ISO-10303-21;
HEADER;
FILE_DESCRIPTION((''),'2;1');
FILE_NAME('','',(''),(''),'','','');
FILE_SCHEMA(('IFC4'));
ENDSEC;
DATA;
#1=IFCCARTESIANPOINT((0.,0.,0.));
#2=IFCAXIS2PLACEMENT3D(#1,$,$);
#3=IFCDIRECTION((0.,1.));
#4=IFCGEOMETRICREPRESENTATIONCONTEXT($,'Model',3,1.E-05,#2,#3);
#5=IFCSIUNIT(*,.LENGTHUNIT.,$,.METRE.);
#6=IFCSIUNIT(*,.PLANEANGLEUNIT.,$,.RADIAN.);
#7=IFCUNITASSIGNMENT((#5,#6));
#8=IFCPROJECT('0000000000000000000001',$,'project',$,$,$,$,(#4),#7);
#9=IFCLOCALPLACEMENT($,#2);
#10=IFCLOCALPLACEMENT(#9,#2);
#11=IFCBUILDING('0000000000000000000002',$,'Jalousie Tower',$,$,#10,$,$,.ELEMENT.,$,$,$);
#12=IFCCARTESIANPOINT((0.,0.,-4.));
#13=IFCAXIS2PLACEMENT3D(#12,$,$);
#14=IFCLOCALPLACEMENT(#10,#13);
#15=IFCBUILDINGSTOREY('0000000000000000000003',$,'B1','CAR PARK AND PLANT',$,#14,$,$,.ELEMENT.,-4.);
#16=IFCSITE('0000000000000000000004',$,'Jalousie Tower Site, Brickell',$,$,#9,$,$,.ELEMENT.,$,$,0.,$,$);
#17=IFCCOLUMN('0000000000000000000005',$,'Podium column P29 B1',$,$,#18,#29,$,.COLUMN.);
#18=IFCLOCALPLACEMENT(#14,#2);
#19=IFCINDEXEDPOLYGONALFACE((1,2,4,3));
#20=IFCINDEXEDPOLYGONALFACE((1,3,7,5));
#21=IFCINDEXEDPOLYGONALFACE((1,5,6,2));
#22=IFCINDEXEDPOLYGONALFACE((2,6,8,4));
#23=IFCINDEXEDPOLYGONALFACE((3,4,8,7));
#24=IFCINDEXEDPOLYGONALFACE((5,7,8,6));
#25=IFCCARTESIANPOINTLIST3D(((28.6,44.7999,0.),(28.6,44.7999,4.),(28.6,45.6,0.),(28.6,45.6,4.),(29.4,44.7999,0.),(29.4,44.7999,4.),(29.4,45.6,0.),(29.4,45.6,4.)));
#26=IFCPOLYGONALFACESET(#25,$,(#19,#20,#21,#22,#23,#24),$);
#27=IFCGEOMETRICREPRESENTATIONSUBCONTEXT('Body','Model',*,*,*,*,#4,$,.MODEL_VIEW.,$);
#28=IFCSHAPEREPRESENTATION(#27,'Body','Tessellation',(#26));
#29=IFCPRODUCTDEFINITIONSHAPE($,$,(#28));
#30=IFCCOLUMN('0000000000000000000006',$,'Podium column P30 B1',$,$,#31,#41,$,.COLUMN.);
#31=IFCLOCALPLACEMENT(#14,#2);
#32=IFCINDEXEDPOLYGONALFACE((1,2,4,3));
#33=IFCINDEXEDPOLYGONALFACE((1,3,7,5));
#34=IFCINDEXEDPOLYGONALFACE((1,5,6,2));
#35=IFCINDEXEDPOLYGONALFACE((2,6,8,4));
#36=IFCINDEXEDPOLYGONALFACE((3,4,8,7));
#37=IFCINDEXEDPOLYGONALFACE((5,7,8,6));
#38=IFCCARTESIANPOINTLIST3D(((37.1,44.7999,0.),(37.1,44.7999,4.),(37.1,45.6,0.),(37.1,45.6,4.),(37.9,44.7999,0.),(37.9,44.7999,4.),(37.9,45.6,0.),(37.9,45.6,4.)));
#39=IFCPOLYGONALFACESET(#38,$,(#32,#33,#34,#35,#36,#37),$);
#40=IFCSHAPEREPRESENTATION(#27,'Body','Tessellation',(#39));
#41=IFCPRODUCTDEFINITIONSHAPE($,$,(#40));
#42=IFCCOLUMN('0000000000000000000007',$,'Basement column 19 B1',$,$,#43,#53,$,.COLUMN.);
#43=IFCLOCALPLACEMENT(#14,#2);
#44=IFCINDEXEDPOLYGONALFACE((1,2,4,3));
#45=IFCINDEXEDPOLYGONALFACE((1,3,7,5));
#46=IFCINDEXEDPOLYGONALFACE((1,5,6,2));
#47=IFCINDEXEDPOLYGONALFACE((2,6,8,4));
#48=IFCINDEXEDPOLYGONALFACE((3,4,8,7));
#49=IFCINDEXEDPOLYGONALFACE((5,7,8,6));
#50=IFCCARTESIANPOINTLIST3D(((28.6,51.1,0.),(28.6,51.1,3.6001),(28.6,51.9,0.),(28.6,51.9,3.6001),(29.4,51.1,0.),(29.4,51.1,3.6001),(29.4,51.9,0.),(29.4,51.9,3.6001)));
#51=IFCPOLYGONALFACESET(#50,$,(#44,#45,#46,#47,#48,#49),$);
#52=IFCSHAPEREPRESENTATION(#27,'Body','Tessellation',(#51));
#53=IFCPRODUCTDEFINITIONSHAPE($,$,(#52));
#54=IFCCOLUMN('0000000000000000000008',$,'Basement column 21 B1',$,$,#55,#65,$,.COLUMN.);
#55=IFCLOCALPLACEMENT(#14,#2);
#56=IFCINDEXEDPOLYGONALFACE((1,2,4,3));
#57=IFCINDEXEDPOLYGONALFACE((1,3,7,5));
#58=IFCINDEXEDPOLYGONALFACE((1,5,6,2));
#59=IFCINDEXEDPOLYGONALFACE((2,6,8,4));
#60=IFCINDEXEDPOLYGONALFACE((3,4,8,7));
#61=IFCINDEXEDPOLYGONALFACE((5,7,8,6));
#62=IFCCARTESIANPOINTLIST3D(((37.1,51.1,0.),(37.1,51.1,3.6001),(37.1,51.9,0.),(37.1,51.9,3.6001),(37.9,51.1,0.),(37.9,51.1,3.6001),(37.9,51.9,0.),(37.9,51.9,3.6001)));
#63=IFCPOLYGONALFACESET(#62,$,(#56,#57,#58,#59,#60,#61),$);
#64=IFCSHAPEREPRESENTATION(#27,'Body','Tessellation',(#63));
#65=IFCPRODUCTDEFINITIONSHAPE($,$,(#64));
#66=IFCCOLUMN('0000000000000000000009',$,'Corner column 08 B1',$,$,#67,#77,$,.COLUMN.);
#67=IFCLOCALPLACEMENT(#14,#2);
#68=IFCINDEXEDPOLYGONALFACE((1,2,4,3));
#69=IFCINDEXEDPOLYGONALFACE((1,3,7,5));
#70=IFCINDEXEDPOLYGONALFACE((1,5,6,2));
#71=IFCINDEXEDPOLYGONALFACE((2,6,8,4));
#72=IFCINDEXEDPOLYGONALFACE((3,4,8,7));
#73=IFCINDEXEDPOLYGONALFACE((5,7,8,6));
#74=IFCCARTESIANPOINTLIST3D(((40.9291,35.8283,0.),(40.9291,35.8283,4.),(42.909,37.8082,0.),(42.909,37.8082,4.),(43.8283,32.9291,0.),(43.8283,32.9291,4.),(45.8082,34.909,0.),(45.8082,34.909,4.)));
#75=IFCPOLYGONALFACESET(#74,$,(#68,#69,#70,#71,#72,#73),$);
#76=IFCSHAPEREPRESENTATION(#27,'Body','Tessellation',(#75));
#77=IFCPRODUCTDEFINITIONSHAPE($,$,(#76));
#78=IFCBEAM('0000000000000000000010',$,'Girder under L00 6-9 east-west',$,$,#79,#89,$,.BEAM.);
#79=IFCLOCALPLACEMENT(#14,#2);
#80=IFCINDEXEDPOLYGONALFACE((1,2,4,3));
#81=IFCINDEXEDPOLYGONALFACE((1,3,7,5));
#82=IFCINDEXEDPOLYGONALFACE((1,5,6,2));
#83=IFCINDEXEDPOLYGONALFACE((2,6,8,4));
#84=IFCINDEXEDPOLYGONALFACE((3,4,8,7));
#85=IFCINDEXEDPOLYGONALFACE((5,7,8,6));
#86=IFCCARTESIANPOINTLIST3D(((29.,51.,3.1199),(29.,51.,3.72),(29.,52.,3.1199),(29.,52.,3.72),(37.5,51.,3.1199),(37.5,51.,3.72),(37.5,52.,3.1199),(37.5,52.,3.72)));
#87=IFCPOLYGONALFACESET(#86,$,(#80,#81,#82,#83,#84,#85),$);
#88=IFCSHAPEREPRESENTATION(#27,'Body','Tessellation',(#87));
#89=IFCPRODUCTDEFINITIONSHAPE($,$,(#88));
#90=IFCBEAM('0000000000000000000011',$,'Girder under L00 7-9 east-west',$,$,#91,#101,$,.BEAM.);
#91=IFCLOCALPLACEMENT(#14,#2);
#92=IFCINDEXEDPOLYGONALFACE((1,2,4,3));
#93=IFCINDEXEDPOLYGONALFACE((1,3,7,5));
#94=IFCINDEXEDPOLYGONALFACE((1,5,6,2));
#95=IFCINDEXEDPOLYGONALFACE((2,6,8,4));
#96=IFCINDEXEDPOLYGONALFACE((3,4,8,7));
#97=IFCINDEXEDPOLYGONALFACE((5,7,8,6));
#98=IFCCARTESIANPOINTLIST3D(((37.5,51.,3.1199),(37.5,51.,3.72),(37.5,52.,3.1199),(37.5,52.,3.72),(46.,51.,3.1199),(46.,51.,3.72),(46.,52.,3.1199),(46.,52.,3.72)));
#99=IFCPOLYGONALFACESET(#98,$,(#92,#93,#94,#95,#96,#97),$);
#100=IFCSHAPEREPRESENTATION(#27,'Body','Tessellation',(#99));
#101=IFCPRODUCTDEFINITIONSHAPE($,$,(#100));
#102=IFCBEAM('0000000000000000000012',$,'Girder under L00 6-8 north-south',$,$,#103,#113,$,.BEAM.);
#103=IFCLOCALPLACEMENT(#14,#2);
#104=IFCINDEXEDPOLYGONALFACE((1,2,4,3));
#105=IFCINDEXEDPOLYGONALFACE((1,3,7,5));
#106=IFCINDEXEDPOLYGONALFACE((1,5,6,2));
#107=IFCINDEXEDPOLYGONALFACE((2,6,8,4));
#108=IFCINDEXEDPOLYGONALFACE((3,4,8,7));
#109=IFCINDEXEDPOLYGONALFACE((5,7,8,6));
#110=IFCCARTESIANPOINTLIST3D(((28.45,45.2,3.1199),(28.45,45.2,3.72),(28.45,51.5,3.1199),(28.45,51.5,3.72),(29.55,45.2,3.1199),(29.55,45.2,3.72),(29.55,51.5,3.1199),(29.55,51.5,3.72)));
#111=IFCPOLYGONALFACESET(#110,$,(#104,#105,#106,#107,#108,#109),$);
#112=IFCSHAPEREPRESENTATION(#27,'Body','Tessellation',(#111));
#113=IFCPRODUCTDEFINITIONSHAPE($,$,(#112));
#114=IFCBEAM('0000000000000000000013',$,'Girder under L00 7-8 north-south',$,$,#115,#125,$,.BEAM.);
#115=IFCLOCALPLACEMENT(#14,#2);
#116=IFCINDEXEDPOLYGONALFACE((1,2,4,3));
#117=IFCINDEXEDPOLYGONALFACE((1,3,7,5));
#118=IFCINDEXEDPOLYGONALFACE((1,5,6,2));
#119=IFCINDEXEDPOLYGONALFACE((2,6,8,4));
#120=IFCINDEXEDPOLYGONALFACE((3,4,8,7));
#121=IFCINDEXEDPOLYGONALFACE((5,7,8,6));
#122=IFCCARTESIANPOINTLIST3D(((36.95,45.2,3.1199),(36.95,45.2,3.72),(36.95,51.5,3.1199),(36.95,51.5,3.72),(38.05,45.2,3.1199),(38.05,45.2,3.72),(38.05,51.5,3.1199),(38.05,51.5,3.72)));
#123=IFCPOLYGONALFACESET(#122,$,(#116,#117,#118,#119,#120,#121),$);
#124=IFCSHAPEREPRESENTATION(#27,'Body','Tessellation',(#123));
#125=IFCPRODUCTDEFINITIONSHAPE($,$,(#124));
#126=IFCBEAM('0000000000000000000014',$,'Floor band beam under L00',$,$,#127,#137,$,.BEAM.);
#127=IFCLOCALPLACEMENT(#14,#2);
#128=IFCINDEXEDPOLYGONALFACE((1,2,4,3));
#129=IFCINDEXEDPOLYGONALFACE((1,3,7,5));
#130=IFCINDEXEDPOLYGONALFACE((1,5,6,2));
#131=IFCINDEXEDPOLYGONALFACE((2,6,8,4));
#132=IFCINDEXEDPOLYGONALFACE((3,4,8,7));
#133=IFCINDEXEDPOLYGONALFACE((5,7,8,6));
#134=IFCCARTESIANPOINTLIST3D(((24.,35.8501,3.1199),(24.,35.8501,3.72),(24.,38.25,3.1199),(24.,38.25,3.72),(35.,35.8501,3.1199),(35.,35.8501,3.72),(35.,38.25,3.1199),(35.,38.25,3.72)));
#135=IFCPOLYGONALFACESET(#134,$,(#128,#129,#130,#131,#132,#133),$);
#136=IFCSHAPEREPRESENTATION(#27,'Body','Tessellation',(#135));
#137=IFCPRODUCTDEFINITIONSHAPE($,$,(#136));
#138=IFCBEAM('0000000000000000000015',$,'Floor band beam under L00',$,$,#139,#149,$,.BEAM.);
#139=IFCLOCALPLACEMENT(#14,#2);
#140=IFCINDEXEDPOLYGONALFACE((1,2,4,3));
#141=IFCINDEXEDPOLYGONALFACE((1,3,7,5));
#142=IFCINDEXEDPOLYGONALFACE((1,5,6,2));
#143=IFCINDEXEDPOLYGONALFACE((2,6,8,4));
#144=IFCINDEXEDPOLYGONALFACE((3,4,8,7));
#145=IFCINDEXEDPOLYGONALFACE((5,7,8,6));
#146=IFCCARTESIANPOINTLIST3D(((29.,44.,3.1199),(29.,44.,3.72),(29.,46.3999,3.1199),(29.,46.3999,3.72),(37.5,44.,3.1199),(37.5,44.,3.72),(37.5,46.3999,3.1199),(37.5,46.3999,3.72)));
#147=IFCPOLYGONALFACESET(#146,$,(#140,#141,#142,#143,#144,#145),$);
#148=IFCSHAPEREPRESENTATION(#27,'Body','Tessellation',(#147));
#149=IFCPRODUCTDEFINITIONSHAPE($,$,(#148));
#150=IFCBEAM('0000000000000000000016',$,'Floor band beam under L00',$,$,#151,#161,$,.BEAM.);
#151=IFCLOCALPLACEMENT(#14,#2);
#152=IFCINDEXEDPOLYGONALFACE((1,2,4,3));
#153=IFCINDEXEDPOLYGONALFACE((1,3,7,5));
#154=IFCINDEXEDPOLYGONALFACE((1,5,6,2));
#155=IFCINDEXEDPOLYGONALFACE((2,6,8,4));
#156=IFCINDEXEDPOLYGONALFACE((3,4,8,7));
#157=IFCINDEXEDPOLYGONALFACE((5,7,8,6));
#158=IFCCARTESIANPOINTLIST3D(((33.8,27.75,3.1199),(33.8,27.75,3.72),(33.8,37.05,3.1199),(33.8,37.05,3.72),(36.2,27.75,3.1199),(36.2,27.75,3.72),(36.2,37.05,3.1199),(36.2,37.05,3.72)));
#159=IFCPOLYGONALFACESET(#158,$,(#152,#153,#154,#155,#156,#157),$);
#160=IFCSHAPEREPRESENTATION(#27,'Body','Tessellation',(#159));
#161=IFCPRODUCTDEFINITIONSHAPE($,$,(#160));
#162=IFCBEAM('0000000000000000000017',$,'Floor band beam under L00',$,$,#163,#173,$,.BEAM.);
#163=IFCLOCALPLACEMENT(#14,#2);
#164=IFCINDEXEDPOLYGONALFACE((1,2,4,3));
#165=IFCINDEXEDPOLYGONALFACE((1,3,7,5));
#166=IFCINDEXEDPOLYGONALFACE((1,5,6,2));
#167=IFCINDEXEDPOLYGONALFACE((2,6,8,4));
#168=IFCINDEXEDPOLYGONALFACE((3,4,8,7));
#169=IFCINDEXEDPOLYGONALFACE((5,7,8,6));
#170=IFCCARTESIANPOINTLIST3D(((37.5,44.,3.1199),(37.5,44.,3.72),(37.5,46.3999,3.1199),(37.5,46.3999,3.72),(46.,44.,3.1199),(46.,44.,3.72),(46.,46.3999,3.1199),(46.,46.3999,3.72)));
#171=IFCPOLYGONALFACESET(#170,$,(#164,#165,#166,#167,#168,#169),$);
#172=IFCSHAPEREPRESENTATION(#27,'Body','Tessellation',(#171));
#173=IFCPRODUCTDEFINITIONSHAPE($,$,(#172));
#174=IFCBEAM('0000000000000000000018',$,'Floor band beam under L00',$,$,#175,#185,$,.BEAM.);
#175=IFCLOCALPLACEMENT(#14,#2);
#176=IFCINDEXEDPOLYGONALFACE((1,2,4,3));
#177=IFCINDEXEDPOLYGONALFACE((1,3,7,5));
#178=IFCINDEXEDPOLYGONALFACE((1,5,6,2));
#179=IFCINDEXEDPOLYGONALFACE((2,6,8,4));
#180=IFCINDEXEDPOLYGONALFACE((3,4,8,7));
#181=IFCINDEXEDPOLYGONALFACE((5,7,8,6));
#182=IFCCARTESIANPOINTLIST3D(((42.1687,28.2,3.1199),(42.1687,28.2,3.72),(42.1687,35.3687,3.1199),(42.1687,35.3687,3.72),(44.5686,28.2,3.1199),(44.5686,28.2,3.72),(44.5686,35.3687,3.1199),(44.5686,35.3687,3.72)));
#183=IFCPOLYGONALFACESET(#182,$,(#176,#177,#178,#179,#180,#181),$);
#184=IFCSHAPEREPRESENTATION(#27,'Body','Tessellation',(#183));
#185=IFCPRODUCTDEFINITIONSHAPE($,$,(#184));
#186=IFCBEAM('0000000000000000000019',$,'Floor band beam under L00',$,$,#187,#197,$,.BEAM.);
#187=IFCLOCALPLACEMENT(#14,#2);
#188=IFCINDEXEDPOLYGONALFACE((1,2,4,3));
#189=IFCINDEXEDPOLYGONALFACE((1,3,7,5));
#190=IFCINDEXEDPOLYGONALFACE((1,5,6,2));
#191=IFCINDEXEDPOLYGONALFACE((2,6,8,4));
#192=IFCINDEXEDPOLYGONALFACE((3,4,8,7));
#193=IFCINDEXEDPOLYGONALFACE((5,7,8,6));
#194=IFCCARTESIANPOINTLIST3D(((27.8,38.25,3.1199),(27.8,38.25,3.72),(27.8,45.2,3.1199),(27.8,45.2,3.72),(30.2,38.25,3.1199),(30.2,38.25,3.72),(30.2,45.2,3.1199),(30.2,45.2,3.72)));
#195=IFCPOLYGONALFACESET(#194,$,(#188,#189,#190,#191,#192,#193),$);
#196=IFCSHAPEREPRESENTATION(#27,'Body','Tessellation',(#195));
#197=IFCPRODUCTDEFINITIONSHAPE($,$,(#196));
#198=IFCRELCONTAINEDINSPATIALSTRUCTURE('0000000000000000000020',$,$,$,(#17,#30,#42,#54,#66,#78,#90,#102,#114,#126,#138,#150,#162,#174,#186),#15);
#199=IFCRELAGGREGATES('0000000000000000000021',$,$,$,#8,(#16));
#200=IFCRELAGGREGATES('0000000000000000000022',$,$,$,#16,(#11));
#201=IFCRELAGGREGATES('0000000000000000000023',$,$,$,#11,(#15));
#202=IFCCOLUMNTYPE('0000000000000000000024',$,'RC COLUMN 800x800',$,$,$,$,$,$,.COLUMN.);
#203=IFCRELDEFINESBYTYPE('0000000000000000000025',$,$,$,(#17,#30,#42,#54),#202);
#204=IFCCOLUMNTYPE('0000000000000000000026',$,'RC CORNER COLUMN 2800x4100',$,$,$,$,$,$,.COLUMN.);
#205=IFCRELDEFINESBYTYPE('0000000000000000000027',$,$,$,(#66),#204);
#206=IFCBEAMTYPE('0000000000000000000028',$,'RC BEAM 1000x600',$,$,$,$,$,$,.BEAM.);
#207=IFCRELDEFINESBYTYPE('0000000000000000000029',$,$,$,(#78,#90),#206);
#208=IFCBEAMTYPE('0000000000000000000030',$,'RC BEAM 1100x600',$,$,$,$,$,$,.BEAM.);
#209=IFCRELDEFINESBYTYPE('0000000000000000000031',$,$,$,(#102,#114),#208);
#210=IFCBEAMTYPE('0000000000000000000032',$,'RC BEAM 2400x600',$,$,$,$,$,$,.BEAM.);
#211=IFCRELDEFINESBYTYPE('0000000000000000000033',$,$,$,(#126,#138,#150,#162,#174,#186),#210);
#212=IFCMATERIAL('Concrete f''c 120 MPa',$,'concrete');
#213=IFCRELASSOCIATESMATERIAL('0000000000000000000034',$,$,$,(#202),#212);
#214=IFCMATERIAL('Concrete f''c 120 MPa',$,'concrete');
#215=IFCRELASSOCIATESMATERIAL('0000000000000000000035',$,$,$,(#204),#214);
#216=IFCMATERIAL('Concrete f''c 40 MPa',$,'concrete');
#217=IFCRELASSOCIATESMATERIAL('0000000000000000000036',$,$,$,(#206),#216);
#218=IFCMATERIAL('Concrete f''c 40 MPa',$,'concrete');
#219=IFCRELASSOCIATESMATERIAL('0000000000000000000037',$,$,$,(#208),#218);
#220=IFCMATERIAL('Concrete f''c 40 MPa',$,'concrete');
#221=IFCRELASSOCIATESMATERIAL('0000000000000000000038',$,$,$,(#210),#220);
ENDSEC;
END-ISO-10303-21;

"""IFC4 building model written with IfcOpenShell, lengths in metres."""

from ifc_helpers import new_model, si_unit, direction, frame, origin, origin_2d, place, context, subcontext, project, spatial, rectangle, extrude, material, material_profile, profile_set, type_object, element, save


model = new_model("IFC4")

# Units and contexts
model_context = context("Model", 3, precision=1e-05, world=origin(), true_north=direction((0.0, 1.0)))
body_context = subcontext(model_context, "Body", "Model", "MODEL_VIEW")
ifc_project = project(units=[si_unit("LENGTHUNIT", "METRE"), si_unit("PLANEANGLEUNIT", "RADIAN")], contexts=[model_context])

# Site, building, storey
site_placement = place(None, origin())
site = spatial("IfcSite", under=ifc_project, at=site_placement, Name="Jalousie Tower Site, Brickell", CompositionType="ELEMENT", RefElevation=0.0)
building_placement = place(site_placement, origin())
building = spatial("IfcBuilding", under=site, at=building_placement, Name="Jalousie Tower", CompositionType="ELEMENT")
storey_placement = place(building_placement, frame((0.0, 0.0, -4.0)))
storey = spatial("IfcBuildingStorey", under=building, at=storey_placement, Name="B1", Description="CAR PARK AND PLANT", CompositionType="ELEMENT", Elevation=-4.0)

# Columns
ifc_material_1 = material(Name="Concrete f'c 120 MPa", Category="concrete")
ifc_material_profile_1 = material_profile(ifc_material_1, rectangle(XDim=0.8, YDim=0.8, at=origin_2d()), Name="RC 800x800")
ifc_profile_set_1 = profile_set([ifc_material_profile_1], Name="Concrete f'c 120 MPa")
column_type_1 = type_object("IfcColumnType", Name="RC COLUMN 800x800", PredefinedType="COLUMN", material=ifc_profile_set_1)
for number, where, z_axis, x_axis, name in (
    (1, (29.0, 45.2, 0.0), (0.0, 0.0, 1.0), (1.0, 0.0, 0.0), "Podium column P29 B1"),
    (2, (37.5, 45.2, 0.0), (0.0, 0.0, 1.0), (1.0, 0.0, 0.0), "Podium column P30 B1"),
):
    element("IfcColumn", number, at=place(storey_placement, frame(where, z_axis=z_axis, x_axis=x_axis)), inside=storey, type_object=column_type_1, Name=name, PredefinedType="COLUMN", context=body_context, shape_type="SweptSolid", body=[
        extrude(rectangle(XDim=0.8, YDim=0.8, at=origin_2d()), origin(), (0.0, 0.0, 1.0), 4.0),
    ])
for number, where, z_axis, x_axis, name in (
    (3, (29.0, 51.5, 0.0), (0.0, 0.0, 1.0), (1.0, 0.0, 0.0), "Basement column 19 B1"),
    (4, (37.5, 51.5, 0.0), (0.0, 0.0, 1.0), (1.0, 0.0, 0.0), "Basement column 21 B1"),
):
    element("IfcColumn", number, at=place(storey_placement, frame(where, z_axis=z_axis, x_axis=x_axis)), inside=storey, type_object=column_type_1, Name=name, PredefinedType="COLUMN", context=body_context, shape_type="SweptSolid", body=[
        extrude(rectangle(XDim=0.8, YDim=0.8, at=origin_2d()), origin(), (0.0, 0.0, 1.0), 3.6001),
    ])
ifc_material_2 = material(Name="Concrete f'c 120 MPa", Category="concrete")
ifc_material_profile_2 = material_profile(ifc_material_2, rectangle(XDim=2.8, YDim=4.1001, at=origin_2d()), Name="RC 2800x4100")
ifc_profile_set_2 = profile_set([ifc_material_profile_2], Name="Concrete f'c 120 MPa")
column_type_2 = type_object("IfcColumnType", Name="RC CORNER COLUMN 2800x4100", PredefinedType="COLUMN", material=ifc_profile_set_2)
column_placement = place(storey_placement, frame((43.3687, 35.3687, 0.0), z_axis=(0.0, 0.0, 1.0), x_axis=(-0.707107, -0.707107, 0.0)))
element("IfcColumn", 5, at=column_placement, inside=storey, type_object=column_type_2, Name="Corner column 08 B1", PredefinedType="COLUMN", context=body_context, shape_type="SweptSolid", body=[
    extrude(rectangle(XDim=2.8, YDim=4.1001, at=origin_2d()), origin(), (0.0, 0.0, 1.0), 4.0),
])

# Beams
ifc_material_3 = material(Name="Concrete f'c 40 MPa", Category="concrete")
ifc_material_profile_3 = material_profile(ifc_material_3, rectangle(XDim=1.0, YDim=0.6001, at=origin_2d()), Name="RC 1000x600")
ifc_profile_set_3 = profile_set([ifc_material_profile_3], Name="Concrete f'c 40 MPa")
beam_type_1 = type_object("IfcBeamType", Name="RC BEAM 1000x600", PredefinedType="BEAM", material=ifc_profile_set_3)
for number, where, z_axis, x_axis, name in (
    (6, (29.0, 51.5, 3.4199), (1.0, 0.0, 0.0), (0.0, 1.0, 0.0), "Girder under L00 6-9 east-west"),
    (7, (37.5, 51.5, 3.4199), (1.0, 0.0, 0.0), (0.0, 1.0, 0.0), "Girder under L00 7-9 east-west"),
):
    element("IfcBeam", number, at=place(storey_placement, frame(where, z_axis=z_axis, x_axis=x_axis)), inside=storey, type_object=beam_type_1, Name=name, PredefinedType="BEAM", context=body_context, shape_type="SweptSolid", body=[
        extrude(rectangle(XDim=1.0, YDim=0.6001, at=origin_2d()), origin(), (0.0, 0.0, 1.0), 8.5),
    ])
ifc_material_4 = material(Name="Concrete f'c 40 MPa", Category="concrete")
ifc_material_profile_4 = material_profile(ifc_material_4, rectangle(XDim=1.1001, YDim=0.6001, at=origin_2d()), Name="RC 1100x600")
ifc_profile_set_4 = profile_set([ifc_material_profile_4], Name="Concrete f'c 40 MPa")
beam_type_2 = type_object("IfcBeamType", Name="RC BEAM 1100x600", PredefinedType="BEAM", material=ifc_profile_set_4)
for number, where, z_axis, x_axis, name in (
    (8, (29.0, 45.2, 3.4199), (0.0, 1.0, 0.0), (-1.0, 0.0, 0.0), "Girder under L00 6-8 north-south"),
    (9, (37.5, 45.2, 3.4199), (0.0, 1.0, 0.0), (-1.0, 0.0, 0.0), "Girder under L00 7-8 north-south"),
):
    element("IfcBeam", number, at=place(storey_placement, frame(where, z_axis=z_axis, x_axis=x_axis)), inside=storey, type_object=beam_type_2, Name=name, PredefinedType="BEAM", context=body_context, shape_type="SweptSolid", body=[
        extrude(rectangle(XDim=1.1001, YDim=0.6001, at=origin_2d()), origin(), (0.0, 0.0, 1.0), 6.3),
    ])
ifc_material_5 = material(Name="Concrete f'c 40 MPa", Category="concrete")
ifc_material_profile_5 = material_profile(ifc_material_5, rectangle(XDim=2.3999, YDim=0.6001, at=origin_2d()), Name="RC 2400x600")
ifc_profile_set_5 = profile_set([ifc_material_profile_5], Name="Concrete f'c 40 MPa")
beam_type_3 = type_object("IfcBeamType", Name="RC BEAM 2400x600", PredefinedType="BEAM", material=ifc_profile_set_5)
beam_1_placement = place(storey_placement, frame((35.0, 37.05, 3.4199), z_axis=(-1.0, 0.0, 0.0), x_axis=(0.0, -1.0, 0.0)))
element("IfcBeam", 10, at=beam_1_placement, inside=storey, type_object=beam_type_3, Name="Floor band beam under L00", PredefinedType="BEAM", context=body_context, shape_type="SweptSolid", body=[
    extrude(rectangle(XDim=2.3999, YDim=0.6001, at=origin_2d()), origin(), (0.0, 0.0, 1.0), 11.0),
])
beam_2_placement = place(storey_placement, frame((29.0, 45.2, 3.4199), z_axis=(1.0, 0.0, 0.0), x_axis=(0.0, 1.0, 0.0)))
element("IfcBeam", 11, at=beam_2_placement, inside=storey, type_object=beam_type_3, Name="Floor band beam under L00", PredefinedType="BEAM", context=body_context, shape_type="SweptSolid", body=[
    extrude(rectangle(XDim=2.3999, YDim=0.6001, at=origin_2d()), origin(), (0.0, 0.0, 1.0), 8.5),
])
beam_3_placement = place(storey_placement, frame((35.0, 37.05, 3.4199), z_axis=(0.0, -1.0, 0.0), x_axis=(1.0, 0.0, 0.0)))
element("IfcBeam", 12, at=beam_3_placement, inside=storey, type_object=beam_type_3, Name="Floor band beam under L00", PredefinedType="BEAM", context=body_context, shape_type="SweptSolid", body=[
    extrude(rectangle(XDim=2.3999, YDim=0.6001, at=origin_2d()), origin(), (0.0, 0.0, 1.0), 9.3),
])
beam_4_placement = place(storey_placement, frame((37.5, 45.2, 3.4199), z_axis=(1.0, 0.0, 0.0), x_axis=(0.0, 1.0, 0.0)))
element("IfcBeam", 13, at=beam_4_placement, inside=storey, type_object=beam_type_3, Name="Floor band beam under L00", PredefinedType="BEAM", context=body_context, shape_type="SweptSolid", body=[
    extrude(rectangle(XDim=2.3999, YDim=0.6001, at=origin_2d()), origin(), (0.0, 0.0, 1.0), 8.5),
])
beam_5_placement = place(storey_placement, frame((43.3687, 35.3687, 3.4199), z_axis=(0.0, -1.0, 0.0), x_axis=(1.0, 0.0, 0.0)))
element("IfcBeam", 14, at=beam_5_placement, inside=storey, type_object=beam_type_3, Name="Floor band beam under L00", PredefinedType="BEAM", context=body_context, shape_type="SweptSolid", body=[
    extrude(rectangle(XDim=2.3999, YDim=0.6001, at=origin_2d()), origin(), (0.0, 0.0, 1.0), 7.1687),
])
for number, where, z_axis, x_axis, name in (
    (15, (29.0, 45.2, 3.4199), (0.0, -1.0, 0.0), (1.0, 0.0, 0.0), "Floor band beam under L00"),
):
    element("IfcBeam", number, at=place(storey_placement, frame(where, z_axis=z_axis, x_axis=x_axis)), inside=storey, type_object=beam_type_3, Name=name, PredefinedType="BEAM", context=body_context, shape_type="SweptSolid", body=[
        extrude(rectangle(XDim=2.3999, YDim=0.6001, at=origin_2d()), origin(), (0.0, 0.0, 1.0), 6.95),
    ])

save(model, "model.ifc")
